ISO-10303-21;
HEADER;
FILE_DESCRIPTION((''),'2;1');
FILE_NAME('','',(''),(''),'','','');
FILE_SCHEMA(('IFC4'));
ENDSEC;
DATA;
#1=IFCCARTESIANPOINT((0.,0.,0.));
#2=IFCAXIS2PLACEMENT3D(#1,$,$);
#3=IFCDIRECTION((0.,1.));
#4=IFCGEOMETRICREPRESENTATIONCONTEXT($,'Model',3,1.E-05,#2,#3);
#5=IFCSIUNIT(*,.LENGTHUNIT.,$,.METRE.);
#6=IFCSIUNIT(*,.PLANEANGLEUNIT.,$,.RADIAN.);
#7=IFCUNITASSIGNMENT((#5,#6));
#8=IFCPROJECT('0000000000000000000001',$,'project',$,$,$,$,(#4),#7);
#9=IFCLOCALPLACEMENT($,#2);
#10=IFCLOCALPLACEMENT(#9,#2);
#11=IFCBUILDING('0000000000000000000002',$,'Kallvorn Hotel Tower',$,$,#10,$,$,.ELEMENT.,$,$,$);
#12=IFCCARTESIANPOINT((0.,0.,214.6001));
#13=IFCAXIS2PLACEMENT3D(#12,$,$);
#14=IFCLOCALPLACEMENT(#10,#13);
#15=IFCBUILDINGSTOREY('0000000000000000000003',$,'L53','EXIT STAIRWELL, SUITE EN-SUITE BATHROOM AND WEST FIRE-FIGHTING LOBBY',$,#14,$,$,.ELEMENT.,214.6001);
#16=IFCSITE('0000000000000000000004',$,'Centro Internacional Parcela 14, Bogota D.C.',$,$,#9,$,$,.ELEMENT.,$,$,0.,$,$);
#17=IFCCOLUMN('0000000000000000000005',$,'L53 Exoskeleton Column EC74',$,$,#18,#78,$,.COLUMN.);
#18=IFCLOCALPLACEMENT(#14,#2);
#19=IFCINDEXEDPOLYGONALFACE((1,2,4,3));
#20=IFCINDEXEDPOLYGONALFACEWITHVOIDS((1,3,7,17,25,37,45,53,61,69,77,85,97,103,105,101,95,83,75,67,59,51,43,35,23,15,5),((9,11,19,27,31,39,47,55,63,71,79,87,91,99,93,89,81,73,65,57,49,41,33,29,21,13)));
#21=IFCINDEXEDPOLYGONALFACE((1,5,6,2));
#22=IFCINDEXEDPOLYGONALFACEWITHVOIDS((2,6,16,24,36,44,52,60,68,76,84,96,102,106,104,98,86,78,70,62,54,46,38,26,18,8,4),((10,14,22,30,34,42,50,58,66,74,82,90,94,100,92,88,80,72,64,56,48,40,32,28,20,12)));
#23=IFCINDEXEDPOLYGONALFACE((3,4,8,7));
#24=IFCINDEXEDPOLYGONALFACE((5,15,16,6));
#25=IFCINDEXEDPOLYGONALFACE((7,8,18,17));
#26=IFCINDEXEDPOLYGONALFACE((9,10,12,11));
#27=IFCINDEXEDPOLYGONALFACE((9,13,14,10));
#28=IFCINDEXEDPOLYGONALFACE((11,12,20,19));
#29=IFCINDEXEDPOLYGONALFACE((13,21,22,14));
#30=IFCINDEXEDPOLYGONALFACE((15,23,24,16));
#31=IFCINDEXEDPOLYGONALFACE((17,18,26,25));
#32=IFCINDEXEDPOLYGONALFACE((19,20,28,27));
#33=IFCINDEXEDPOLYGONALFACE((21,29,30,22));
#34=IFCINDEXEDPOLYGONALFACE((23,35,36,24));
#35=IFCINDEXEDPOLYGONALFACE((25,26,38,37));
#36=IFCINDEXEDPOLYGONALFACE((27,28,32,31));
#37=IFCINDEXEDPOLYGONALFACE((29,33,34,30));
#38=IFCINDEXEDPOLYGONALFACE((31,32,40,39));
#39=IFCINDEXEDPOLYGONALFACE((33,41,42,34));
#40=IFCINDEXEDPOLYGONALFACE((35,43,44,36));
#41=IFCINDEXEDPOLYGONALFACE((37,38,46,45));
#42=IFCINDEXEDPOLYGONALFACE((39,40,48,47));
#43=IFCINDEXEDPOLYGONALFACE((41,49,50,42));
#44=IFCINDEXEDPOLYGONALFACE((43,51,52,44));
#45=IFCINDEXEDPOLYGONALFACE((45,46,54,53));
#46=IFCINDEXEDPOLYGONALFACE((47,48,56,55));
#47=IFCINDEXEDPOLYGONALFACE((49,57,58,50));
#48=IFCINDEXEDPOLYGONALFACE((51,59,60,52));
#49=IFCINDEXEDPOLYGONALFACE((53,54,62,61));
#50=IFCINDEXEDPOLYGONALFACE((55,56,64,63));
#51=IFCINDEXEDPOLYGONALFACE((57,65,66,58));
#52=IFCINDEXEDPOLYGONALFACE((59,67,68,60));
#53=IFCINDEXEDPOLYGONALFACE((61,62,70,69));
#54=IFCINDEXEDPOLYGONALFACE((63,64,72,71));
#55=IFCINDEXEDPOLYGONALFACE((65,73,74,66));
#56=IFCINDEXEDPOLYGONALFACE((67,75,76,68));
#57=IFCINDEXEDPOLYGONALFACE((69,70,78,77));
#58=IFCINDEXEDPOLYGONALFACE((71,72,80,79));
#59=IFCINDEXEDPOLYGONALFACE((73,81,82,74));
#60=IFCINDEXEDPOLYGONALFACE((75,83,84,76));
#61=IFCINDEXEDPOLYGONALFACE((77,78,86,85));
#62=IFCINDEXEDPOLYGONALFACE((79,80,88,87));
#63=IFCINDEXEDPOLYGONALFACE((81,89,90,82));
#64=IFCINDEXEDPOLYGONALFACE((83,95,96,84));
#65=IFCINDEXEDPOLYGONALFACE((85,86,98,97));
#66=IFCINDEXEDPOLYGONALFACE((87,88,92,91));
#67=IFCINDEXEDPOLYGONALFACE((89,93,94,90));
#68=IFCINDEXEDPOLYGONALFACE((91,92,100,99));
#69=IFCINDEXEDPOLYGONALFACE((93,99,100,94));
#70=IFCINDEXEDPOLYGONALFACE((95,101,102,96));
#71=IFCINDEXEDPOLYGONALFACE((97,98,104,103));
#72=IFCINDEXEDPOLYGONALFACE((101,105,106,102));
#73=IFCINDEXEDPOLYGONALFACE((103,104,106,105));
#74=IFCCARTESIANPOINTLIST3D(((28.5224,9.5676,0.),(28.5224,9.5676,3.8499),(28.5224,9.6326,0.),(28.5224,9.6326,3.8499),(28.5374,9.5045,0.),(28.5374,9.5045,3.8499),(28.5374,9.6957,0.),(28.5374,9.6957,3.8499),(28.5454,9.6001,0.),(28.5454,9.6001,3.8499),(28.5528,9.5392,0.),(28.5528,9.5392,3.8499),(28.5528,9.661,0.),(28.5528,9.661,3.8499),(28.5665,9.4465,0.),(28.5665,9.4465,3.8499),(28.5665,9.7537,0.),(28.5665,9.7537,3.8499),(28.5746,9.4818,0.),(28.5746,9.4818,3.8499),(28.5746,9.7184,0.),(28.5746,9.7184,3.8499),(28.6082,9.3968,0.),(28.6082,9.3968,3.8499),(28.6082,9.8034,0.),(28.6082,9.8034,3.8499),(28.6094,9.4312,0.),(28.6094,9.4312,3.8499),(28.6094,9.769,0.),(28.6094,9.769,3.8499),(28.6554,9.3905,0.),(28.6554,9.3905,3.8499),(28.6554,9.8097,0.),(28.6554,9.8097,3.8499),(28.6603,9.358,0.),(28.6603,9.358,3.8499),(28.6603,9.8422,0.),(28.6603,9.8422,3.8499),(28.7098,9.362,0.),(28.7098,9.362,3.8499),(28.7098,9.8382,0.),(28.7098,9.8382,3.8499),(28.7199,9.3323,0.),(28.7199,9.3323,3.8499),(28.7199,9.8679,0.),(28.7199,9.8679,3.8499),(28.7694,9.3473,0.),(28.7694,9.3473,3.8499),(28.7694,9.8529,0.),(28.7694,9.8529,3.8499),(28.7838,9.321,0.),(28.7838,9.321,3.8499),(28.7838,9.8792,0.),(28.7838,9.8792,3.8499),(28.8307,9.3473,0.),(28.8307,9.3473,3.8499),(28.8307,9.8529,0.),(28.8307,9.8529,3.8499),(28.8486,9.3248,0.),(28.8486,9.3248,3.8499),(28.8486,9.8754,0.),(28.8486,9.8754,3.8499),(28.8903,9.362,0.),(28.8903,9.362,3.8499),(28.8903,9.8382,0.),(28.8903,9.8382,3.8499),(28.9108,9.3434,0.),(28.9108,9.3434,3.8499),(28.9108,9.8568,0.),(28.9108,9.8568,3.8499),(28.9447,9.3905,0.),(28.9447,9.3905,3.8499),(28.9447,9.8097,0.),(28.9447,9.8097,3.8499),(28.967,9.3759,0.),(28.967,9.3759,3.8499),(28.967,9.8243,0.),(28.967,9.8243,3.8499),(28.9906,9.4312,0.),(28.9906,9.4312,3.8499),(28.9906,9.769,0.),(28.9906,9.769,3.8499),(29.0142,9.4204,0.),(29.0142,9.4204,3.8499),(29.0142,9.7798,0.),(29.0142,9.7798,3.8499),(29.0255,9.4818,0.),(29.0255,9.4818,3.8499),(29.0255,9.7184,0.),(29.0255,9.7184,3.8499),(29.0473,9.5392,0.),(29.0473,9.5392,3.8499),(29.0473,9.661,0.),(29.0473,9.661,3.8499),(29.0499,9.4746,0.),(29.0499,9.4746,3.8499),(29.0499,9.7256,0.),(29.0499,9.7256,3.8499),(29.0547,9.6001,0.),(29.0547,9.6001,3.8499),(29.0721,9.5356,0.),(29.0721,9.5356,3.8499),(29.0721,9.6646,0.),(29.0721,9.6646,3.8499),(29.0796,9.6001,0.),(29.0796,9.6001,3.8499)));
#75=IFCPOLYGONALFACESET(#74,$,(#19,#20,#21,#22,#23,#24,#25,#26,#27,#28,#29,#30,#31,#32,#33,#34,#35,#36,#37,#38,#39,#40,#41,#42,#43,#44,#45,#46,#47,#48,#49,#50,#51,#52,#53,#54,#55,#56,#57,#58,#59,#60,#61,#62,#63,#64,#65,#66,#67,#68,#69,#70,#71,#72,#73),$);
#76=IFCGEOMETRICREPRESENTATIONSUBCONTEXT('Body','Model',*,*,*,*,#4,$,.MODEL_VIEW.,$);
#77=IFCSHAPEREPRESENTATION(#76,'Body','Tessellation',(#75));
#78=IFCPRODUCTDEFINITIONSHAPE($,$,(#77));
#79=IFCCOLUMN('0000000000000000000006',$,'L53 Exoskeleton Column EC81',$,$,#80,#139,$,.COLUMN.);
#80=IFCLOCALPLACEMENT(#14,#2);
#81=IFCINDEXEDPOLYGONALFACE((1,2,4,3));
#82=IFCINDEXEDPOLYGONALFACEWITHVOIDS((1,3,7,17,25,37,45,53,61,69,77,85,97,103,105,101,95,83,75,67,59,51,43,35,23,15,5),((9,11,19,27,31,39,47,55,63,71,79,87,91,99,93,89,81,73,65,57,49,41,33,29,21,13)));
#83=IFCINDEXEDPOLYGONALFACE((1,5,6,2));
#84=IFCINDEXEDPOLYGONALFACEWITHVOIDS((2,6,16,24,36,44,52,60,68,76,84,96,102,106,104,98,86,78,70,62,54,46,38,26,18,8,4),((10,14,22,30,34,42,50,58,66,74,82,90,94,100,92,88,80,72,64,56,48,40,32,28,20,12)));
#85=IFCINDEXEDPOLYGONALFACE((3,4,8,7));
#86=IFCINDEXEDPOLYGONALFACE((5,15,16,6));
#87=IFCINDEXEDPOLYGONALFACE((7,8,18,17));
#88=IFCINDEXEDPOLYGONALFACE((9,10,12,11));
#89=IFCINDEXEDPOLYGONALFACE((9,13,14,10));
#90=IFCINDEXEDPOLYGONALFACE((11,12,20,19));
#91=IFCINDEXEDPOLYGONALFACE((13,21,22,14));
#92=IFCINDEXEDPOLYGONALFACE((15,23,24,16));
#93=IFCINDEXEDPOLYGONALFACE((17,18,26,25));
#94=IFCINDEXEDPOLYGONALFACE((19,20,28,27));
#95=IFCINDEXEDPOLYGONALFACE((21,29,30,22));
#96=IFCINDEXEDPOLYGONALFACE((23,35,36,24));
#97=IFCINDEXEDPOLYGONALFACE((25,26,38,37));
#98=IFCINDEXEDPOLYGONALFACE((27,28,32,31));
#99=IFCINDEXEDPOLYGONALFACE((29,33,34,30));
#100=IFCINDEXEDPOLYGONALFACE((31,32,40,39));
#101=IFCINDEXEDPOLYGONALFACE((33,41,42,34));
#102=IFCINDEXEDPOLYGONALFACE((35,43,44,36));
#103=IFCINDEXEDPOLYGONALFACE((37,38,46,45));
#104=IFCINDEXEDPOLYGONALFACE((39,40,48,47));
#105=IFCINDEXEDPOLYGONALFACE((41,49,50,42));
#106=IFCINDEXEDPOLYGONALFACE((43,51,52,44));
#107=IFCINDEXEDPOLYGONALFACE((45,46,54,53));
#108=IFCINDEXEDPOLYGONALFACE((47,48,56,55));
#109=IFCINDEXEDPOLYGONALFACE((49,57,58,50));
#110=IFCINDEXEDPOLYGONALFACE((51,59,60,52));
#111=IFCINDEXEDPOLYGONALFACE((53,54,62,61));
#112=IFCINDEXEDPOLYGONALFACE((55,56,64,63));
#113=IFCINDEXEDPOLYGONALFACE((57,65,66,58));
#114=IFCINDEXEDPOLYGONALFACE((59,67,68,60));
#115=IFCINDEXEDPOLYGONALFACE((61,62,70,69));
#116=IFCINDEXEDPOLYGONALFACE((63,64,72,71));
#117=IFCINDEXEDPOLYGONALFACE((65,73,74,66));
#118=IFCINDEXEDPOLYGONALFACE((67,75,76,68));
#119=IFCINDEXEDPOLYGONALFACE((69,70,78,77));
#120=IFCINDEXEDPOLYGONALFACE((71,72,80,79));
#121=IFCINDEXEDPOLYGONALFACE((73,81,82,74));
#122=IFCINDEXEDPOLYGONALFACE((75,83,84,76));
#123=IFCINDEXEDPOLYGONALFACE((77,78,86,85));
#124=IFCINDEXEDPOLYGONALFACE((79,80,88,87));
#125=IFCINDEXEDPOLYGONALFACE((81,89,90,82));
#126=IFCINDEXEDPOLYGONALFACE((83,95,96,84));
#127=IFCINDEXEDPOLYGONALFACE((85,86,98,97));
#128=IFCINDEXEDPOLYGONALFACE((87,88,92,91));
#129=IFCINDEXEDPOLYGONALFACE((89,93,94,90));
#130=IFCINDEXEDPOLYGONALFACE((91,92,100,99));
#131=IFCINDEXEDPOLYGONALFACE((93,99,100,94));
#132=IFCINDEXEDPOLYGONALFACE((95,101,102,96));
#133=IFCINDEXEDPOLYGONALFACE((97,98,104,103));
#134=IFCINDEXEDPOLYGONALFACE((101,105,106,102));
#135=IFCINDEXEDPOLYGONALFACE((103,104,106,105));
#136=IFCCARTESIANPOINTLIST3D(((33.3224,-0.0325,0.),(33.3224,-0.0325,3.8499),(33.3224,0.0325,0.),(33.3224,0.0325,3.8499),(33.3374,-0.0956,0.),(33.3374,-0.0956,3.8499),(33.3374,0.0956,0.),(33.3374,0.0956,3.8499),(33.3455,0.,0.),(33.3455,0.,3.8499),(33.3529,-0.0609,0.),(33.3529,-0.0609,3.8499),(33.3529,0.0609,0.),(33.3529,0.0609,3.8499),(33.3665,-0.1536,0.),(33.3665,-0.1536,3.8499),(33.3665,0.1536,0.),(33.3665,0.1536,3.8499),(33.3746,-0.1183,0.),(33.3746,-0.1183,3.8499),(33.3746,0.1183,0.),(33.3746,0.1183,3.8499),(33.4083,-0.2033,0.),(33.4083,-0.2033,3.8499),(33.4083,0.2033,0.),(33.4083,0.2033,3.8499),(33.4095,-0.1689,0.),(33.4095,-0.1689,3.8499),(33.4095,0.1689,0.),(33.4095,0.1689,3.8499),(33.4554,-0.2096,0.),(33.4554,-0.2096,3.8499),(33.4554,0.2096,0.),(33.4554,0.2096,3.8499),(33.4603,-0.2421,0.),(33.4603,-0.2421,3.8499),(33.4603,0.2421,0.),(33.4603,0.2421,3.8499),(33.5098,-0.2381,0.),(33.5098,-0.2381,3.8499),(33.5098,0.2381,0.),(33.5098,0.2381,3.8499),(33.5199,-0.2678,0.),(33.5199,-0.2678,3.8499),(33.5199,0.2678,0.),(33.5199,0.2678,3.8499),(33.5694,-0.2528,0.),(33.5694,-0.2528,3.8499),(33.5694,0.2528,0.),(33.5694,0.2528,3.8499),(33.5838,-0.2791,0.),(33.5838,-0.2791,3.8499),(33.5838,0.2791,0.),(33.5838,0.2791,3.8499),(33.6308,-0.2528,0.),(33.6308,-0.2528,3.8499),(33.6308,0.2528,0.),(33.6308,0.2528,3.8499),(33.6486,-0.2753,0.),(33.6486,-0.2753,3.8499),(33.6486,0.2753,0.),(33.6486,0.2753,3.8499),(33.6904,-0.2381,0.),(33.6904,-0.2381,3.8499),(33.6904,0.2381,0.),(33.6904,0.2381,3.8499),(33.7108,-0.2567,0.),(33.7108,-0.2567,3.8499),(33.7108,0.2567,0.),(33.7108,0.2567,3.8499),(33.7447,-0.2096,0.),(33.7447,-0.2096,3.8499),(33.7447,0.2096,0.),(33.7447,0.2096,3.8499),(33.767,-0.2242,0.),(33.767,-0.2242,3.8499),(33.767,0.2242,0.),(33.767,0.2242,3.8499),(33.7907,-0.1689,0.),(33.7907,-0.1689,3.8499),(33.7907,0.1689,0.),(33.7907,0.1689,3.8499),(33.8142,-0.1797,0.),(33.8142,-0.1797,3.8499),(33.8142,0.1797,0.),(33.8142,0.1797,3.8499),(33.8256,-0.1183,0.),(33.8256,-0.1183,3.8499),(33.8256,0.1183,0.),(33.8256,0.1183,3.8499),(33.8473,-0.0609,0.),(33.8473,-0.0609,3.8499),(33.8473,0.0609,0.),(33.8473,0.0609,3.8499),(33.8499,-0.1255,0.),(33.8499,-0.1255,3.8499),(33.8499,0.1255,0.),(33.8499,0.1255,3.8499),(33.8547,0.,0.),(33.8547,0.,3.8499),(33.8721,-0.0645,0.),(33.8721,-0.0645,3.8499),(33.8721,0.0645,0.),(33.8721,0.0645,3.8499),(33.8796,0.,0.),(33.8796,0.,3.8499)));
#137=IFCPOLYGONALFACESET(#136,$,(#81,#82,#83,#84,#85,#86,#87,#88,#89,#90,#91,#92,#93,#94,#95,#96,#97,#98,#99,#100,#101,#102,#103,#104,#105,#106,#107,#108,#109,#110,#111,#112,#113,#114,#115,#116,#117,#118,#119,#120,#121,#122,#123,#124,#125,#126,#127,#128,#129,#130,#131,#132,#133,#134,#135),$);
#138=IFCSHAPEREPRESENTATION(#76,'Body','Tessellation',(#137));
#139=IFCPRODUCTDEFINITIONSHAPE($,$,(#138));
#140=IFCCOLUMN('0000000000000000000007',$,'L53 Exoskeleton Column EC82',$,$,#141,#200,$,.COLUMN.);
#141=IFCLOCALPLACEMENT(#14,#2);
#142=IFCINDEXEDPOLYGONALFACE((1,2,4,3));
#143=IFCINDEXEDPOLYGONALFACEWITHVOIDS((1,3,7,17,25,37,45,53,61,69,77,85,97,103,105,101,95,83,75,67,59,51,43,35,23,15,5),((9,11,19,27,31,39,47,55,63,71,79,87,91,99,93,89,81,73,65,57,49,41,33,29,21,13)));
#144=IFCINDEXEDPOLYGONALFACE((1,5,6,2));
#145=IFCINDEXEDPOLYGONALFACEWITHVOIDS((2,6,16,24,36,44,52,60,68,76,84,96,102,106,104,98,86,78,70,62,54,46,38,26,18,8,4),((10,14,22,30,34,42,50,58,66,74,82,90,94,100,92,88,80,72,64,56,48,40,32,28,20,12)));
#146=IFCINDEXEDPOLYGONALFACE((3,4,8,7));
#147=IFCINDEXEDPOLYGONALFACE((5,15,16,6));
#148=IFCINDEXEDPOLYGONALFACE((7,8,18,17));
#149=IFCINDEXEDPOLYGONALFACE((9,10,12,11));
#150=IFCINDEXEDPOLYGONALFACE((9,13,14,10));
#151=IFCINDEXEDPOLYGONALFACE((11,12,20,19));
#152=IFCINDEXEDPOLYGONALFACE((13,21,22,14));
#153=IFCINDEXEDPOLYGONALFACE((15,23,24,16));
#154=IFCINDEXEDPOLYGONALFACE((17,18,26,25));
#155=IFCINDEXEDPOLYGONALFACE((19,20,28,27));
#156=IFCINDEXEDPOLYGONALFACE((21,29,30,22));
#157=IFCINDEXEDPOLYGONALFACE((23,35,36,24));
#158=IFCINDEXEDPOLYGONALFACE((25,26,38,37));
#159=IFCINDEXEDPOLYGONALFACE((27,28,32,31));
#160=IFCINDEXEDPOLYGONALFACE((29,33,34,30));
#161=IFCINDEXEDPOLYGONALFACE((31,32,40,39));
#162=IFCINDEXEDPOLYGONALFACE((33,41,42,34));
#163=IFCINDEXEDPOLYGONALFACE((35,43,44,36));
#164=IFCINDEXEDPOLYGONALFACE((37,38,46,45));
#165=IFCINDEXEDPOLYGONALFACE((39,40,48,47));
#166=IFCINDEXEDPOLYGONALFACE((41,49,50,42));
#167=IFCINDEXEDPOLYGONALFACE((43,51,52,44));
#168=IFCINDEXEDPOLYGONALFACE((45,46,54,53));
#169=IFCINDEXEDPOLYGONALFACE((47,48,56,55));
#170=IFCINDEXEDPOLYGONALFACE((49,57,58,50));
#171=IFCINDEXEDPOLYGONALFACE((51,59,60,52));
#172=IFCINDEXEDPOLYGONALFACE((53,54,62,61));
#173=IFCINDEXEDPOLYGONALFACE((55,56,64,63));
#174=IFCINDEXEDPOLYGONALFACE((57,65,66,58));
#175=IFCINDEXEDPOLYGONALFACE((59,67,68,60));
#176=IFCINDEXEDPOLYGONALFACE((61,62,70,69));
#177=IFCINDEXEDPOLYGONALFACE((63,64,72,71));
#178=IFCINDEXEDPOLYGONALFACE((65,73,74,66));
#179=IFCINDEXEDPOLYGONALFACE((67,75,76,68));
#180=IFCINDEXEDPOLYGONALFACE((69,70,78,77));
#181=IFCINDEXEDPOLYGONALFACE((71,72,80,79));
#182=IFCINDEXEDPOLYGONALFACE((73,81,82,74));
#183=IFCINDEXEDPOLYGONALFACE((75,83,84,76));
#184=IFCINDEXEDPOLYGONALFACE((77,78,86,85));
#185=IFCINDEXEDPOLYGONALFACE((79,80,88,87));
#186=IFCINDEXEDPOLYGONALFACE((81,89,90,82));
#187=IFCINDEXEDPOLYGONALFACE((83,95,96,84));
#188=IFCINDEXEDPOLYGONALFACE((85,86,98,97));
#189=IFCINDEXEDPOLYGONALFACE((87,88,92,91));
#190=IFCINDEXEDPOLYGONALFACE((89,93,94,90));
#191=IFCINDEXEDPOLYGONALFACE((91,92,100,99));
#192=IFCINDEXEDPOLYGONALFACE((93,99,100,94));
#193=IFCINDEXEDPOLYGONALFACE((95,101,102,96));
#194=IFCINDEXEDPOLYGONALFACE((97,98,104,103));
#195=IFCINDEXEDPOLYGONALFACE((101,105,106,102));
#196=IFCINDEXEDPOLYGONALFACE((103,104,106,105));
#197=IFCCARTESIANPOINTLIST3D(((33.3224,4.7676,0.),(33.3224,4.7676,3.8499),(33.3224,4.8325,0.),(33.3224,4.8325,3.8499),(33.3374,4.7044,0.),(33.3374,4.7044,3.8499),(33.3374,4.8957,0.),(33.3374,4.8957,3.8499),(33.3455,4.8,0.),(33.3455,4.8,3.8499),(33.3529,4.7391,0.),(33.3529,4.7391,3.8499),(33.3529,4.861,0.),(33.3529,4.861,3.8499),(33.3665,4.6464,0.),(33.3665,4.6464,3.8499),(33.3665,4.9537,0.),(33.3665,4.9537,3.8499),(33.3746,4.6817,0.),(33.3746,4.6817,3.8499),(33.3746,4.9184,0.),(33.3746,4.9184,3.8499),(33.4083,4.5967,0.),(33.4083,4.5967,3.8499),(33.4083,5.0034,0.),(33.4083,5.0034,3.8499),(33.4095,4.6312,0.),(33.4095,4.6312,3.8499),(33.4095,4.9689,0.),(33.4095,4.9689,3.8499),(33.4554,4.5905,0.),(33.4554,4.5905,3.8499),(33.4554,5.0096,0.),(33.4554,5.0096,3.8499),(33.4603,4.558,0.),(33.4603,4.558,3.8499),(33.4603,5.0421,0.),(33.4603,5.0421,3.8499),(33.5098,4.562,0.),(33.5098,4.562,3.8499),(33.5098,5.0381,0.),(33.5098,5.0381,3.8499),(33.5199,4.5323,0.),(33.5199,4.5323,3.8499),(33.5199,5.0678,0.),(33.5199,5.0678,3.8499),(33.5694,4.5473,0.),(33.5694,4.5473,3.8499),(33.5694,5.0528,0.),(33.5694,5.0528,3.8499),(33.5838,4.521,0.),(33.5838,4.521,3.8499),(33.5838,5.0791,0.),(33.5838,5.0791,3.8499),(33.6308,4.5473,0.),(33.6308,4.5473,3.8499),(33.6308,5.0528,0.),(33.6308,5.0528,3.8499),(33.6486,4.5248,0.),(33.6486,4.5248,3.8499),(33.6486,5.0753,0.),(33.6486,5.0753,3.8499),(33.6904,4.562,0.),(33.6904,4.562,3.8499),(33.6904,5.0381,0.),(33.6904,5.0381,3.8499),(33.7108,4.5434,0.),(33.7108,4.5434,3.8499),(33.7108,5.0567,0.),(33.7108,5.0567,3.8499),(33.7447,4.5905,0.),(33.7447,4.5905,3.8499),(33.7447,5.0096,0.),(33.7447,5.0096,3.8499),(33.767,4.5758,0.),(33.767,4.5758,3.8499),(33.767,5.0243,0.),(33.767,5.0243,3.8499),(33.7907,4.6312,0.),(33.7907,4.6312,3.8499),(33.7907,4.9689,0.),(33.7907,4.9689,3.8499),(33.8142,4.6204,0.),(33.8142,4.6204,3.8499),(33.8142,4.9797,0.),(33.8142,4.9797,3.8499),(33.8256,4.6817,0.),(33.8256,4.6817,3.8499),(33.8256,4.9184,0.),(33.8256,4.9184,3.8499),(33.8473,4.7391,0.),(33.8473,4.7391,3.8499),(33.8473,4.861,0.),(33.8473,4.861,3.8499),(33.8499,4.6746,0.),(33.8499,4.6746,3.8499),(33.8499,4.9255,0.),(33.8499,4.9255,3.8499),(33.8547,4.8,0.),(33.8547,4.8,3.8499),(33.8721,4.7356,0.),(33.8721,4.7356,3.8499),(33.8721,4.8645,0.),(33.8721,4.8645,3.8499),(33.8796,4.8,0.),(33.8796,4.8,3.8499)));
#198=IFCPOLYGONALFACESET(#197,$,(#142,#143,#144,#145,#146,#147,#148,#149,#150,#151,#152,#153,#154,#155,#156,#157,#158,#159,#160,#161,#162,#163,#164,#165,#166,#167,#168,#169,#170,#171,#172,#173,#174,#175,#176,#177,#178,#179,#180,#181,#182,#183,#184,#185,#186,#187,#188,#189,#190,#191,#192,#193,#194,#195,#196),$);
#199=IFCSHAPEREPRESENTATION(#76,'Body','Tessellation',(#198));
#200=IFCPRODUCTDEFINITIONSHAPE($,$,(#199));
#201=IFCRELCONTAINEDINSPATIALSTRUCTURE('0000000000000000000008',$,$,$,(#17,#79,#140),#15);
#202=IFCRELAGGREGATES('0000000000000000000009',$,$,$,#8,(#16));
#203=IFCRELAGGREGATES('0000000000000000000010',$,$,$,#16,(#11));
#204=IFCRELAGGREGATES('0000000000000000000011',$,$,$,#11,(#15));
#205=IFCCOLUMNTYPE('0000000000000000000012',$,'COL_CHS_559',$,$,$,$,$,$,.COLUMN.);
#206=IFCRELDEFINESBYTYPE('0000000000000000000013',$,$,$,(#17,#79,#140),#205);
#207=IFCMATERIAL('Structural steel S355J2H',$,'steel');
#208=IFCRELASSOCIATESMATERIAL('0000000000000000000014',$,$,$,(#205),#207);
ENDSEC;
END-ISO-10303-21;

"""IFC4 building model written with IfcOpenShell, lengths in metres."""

from ifc_helpers import new_model, si_unit, direction, frame, origin, origin_2d, place, context, subcontext, project, spatial, hollow_circle, extrude, material, material_profile, profile_set, type_object, element, save


model = new_model("IFC4")

# Units and contexts
model_context = context("Model", 3, precision=1e-05, world=origin(), true_north=direction((0.0, 1.0)))
body_context = subcontext(model_context, "Body", "Model", "MODEL_VIEW")
ifc_project = project(units=[si_unit("LENGTHUNIT", "METRE"), si_unit("PLANEANGLEUNIT", "RADIAN")], contexts=[model_context])

# Site, building, storey
site_placement = place(None, origin())
site = spatial("IfcSite", under=ifc_project, at=site_placement, Name="Centro Internacional Parcela 14, Bogota D.C.", CompositionType="ELEMENT", RefElevation=0.0)
building_placement = place(site_placement, origin())
building = spatial("IfcBuilding", under=site, at=building_placement, Name="Kallvorn Hotel Tower", CompositionType="ELEMENT")
storey_placement = place(building_placement, frame((0.0, 0.0, 214.6001)))
storey = spatial("IfcBuildingStorey", under=building, at=storey_placement, Name="L53", Description="EXIT STAIRWELL, SUITE EN-SUITE BATHROOM AND WEST FIRE-FIGHTING LOBBY", CompositionType="ELEMENT", Elevation=214.6001)

# Columns
ifc_material_1 = material(Name="Structural steel S355J2H", Category="steel")
ifc_material_profile_1 = material_profile(ifc_material_1, hollow_circle(Radius=0.2795, WallThickness=0.0249, at=origin_2d()), Name="CHS 559x25")
ifc_profile_set_1 = profile_set([ifc_material_profile_1], Name="Structural steel S355J2H")
column_type_1 = type_object("IfcColumnType", Name="COL_CHS_559", PredefinedType="COLUMN", material=ifc_profile_set_1)
for number, where, z_axis, x_axis, name in (
    (1, (28.8, 9.6001, 0.0), (0.0, 0.0, 1.0), (1.0, 0.0, 0.0), "L53 Exoskeleton Column EC74"),
    (2, (33.6001, 0.0, 0.0), (0.0, 0.0, 1.0), (1.0, 0.0, 0.0), "L53 Exoskeleton Column EC81"),
    (3, (33.6001, 4.8, 0.0), (0.0, 0.0, 1.0), (1.0, 0.0, 0.0), "L53 Exoskeleton Column EC82"),
):
    element("IfcColumn", number, at=place(storey_placement, frame(where, z_axis=z_axis, x_axis=x_axis)), inside=storey, type_object=column_type_1, Name=name, PredefinedType="COLUMN", context=body_context, shape_type="SweptSolid", body=[
        extrude(hollow_circle(Radius=0.2795, WallThickness=0.0249, at=origin_2d()), origin(), (0.0, 0.0, 1.0), 3.8499),
    ])

save(model, "model.ifc")
